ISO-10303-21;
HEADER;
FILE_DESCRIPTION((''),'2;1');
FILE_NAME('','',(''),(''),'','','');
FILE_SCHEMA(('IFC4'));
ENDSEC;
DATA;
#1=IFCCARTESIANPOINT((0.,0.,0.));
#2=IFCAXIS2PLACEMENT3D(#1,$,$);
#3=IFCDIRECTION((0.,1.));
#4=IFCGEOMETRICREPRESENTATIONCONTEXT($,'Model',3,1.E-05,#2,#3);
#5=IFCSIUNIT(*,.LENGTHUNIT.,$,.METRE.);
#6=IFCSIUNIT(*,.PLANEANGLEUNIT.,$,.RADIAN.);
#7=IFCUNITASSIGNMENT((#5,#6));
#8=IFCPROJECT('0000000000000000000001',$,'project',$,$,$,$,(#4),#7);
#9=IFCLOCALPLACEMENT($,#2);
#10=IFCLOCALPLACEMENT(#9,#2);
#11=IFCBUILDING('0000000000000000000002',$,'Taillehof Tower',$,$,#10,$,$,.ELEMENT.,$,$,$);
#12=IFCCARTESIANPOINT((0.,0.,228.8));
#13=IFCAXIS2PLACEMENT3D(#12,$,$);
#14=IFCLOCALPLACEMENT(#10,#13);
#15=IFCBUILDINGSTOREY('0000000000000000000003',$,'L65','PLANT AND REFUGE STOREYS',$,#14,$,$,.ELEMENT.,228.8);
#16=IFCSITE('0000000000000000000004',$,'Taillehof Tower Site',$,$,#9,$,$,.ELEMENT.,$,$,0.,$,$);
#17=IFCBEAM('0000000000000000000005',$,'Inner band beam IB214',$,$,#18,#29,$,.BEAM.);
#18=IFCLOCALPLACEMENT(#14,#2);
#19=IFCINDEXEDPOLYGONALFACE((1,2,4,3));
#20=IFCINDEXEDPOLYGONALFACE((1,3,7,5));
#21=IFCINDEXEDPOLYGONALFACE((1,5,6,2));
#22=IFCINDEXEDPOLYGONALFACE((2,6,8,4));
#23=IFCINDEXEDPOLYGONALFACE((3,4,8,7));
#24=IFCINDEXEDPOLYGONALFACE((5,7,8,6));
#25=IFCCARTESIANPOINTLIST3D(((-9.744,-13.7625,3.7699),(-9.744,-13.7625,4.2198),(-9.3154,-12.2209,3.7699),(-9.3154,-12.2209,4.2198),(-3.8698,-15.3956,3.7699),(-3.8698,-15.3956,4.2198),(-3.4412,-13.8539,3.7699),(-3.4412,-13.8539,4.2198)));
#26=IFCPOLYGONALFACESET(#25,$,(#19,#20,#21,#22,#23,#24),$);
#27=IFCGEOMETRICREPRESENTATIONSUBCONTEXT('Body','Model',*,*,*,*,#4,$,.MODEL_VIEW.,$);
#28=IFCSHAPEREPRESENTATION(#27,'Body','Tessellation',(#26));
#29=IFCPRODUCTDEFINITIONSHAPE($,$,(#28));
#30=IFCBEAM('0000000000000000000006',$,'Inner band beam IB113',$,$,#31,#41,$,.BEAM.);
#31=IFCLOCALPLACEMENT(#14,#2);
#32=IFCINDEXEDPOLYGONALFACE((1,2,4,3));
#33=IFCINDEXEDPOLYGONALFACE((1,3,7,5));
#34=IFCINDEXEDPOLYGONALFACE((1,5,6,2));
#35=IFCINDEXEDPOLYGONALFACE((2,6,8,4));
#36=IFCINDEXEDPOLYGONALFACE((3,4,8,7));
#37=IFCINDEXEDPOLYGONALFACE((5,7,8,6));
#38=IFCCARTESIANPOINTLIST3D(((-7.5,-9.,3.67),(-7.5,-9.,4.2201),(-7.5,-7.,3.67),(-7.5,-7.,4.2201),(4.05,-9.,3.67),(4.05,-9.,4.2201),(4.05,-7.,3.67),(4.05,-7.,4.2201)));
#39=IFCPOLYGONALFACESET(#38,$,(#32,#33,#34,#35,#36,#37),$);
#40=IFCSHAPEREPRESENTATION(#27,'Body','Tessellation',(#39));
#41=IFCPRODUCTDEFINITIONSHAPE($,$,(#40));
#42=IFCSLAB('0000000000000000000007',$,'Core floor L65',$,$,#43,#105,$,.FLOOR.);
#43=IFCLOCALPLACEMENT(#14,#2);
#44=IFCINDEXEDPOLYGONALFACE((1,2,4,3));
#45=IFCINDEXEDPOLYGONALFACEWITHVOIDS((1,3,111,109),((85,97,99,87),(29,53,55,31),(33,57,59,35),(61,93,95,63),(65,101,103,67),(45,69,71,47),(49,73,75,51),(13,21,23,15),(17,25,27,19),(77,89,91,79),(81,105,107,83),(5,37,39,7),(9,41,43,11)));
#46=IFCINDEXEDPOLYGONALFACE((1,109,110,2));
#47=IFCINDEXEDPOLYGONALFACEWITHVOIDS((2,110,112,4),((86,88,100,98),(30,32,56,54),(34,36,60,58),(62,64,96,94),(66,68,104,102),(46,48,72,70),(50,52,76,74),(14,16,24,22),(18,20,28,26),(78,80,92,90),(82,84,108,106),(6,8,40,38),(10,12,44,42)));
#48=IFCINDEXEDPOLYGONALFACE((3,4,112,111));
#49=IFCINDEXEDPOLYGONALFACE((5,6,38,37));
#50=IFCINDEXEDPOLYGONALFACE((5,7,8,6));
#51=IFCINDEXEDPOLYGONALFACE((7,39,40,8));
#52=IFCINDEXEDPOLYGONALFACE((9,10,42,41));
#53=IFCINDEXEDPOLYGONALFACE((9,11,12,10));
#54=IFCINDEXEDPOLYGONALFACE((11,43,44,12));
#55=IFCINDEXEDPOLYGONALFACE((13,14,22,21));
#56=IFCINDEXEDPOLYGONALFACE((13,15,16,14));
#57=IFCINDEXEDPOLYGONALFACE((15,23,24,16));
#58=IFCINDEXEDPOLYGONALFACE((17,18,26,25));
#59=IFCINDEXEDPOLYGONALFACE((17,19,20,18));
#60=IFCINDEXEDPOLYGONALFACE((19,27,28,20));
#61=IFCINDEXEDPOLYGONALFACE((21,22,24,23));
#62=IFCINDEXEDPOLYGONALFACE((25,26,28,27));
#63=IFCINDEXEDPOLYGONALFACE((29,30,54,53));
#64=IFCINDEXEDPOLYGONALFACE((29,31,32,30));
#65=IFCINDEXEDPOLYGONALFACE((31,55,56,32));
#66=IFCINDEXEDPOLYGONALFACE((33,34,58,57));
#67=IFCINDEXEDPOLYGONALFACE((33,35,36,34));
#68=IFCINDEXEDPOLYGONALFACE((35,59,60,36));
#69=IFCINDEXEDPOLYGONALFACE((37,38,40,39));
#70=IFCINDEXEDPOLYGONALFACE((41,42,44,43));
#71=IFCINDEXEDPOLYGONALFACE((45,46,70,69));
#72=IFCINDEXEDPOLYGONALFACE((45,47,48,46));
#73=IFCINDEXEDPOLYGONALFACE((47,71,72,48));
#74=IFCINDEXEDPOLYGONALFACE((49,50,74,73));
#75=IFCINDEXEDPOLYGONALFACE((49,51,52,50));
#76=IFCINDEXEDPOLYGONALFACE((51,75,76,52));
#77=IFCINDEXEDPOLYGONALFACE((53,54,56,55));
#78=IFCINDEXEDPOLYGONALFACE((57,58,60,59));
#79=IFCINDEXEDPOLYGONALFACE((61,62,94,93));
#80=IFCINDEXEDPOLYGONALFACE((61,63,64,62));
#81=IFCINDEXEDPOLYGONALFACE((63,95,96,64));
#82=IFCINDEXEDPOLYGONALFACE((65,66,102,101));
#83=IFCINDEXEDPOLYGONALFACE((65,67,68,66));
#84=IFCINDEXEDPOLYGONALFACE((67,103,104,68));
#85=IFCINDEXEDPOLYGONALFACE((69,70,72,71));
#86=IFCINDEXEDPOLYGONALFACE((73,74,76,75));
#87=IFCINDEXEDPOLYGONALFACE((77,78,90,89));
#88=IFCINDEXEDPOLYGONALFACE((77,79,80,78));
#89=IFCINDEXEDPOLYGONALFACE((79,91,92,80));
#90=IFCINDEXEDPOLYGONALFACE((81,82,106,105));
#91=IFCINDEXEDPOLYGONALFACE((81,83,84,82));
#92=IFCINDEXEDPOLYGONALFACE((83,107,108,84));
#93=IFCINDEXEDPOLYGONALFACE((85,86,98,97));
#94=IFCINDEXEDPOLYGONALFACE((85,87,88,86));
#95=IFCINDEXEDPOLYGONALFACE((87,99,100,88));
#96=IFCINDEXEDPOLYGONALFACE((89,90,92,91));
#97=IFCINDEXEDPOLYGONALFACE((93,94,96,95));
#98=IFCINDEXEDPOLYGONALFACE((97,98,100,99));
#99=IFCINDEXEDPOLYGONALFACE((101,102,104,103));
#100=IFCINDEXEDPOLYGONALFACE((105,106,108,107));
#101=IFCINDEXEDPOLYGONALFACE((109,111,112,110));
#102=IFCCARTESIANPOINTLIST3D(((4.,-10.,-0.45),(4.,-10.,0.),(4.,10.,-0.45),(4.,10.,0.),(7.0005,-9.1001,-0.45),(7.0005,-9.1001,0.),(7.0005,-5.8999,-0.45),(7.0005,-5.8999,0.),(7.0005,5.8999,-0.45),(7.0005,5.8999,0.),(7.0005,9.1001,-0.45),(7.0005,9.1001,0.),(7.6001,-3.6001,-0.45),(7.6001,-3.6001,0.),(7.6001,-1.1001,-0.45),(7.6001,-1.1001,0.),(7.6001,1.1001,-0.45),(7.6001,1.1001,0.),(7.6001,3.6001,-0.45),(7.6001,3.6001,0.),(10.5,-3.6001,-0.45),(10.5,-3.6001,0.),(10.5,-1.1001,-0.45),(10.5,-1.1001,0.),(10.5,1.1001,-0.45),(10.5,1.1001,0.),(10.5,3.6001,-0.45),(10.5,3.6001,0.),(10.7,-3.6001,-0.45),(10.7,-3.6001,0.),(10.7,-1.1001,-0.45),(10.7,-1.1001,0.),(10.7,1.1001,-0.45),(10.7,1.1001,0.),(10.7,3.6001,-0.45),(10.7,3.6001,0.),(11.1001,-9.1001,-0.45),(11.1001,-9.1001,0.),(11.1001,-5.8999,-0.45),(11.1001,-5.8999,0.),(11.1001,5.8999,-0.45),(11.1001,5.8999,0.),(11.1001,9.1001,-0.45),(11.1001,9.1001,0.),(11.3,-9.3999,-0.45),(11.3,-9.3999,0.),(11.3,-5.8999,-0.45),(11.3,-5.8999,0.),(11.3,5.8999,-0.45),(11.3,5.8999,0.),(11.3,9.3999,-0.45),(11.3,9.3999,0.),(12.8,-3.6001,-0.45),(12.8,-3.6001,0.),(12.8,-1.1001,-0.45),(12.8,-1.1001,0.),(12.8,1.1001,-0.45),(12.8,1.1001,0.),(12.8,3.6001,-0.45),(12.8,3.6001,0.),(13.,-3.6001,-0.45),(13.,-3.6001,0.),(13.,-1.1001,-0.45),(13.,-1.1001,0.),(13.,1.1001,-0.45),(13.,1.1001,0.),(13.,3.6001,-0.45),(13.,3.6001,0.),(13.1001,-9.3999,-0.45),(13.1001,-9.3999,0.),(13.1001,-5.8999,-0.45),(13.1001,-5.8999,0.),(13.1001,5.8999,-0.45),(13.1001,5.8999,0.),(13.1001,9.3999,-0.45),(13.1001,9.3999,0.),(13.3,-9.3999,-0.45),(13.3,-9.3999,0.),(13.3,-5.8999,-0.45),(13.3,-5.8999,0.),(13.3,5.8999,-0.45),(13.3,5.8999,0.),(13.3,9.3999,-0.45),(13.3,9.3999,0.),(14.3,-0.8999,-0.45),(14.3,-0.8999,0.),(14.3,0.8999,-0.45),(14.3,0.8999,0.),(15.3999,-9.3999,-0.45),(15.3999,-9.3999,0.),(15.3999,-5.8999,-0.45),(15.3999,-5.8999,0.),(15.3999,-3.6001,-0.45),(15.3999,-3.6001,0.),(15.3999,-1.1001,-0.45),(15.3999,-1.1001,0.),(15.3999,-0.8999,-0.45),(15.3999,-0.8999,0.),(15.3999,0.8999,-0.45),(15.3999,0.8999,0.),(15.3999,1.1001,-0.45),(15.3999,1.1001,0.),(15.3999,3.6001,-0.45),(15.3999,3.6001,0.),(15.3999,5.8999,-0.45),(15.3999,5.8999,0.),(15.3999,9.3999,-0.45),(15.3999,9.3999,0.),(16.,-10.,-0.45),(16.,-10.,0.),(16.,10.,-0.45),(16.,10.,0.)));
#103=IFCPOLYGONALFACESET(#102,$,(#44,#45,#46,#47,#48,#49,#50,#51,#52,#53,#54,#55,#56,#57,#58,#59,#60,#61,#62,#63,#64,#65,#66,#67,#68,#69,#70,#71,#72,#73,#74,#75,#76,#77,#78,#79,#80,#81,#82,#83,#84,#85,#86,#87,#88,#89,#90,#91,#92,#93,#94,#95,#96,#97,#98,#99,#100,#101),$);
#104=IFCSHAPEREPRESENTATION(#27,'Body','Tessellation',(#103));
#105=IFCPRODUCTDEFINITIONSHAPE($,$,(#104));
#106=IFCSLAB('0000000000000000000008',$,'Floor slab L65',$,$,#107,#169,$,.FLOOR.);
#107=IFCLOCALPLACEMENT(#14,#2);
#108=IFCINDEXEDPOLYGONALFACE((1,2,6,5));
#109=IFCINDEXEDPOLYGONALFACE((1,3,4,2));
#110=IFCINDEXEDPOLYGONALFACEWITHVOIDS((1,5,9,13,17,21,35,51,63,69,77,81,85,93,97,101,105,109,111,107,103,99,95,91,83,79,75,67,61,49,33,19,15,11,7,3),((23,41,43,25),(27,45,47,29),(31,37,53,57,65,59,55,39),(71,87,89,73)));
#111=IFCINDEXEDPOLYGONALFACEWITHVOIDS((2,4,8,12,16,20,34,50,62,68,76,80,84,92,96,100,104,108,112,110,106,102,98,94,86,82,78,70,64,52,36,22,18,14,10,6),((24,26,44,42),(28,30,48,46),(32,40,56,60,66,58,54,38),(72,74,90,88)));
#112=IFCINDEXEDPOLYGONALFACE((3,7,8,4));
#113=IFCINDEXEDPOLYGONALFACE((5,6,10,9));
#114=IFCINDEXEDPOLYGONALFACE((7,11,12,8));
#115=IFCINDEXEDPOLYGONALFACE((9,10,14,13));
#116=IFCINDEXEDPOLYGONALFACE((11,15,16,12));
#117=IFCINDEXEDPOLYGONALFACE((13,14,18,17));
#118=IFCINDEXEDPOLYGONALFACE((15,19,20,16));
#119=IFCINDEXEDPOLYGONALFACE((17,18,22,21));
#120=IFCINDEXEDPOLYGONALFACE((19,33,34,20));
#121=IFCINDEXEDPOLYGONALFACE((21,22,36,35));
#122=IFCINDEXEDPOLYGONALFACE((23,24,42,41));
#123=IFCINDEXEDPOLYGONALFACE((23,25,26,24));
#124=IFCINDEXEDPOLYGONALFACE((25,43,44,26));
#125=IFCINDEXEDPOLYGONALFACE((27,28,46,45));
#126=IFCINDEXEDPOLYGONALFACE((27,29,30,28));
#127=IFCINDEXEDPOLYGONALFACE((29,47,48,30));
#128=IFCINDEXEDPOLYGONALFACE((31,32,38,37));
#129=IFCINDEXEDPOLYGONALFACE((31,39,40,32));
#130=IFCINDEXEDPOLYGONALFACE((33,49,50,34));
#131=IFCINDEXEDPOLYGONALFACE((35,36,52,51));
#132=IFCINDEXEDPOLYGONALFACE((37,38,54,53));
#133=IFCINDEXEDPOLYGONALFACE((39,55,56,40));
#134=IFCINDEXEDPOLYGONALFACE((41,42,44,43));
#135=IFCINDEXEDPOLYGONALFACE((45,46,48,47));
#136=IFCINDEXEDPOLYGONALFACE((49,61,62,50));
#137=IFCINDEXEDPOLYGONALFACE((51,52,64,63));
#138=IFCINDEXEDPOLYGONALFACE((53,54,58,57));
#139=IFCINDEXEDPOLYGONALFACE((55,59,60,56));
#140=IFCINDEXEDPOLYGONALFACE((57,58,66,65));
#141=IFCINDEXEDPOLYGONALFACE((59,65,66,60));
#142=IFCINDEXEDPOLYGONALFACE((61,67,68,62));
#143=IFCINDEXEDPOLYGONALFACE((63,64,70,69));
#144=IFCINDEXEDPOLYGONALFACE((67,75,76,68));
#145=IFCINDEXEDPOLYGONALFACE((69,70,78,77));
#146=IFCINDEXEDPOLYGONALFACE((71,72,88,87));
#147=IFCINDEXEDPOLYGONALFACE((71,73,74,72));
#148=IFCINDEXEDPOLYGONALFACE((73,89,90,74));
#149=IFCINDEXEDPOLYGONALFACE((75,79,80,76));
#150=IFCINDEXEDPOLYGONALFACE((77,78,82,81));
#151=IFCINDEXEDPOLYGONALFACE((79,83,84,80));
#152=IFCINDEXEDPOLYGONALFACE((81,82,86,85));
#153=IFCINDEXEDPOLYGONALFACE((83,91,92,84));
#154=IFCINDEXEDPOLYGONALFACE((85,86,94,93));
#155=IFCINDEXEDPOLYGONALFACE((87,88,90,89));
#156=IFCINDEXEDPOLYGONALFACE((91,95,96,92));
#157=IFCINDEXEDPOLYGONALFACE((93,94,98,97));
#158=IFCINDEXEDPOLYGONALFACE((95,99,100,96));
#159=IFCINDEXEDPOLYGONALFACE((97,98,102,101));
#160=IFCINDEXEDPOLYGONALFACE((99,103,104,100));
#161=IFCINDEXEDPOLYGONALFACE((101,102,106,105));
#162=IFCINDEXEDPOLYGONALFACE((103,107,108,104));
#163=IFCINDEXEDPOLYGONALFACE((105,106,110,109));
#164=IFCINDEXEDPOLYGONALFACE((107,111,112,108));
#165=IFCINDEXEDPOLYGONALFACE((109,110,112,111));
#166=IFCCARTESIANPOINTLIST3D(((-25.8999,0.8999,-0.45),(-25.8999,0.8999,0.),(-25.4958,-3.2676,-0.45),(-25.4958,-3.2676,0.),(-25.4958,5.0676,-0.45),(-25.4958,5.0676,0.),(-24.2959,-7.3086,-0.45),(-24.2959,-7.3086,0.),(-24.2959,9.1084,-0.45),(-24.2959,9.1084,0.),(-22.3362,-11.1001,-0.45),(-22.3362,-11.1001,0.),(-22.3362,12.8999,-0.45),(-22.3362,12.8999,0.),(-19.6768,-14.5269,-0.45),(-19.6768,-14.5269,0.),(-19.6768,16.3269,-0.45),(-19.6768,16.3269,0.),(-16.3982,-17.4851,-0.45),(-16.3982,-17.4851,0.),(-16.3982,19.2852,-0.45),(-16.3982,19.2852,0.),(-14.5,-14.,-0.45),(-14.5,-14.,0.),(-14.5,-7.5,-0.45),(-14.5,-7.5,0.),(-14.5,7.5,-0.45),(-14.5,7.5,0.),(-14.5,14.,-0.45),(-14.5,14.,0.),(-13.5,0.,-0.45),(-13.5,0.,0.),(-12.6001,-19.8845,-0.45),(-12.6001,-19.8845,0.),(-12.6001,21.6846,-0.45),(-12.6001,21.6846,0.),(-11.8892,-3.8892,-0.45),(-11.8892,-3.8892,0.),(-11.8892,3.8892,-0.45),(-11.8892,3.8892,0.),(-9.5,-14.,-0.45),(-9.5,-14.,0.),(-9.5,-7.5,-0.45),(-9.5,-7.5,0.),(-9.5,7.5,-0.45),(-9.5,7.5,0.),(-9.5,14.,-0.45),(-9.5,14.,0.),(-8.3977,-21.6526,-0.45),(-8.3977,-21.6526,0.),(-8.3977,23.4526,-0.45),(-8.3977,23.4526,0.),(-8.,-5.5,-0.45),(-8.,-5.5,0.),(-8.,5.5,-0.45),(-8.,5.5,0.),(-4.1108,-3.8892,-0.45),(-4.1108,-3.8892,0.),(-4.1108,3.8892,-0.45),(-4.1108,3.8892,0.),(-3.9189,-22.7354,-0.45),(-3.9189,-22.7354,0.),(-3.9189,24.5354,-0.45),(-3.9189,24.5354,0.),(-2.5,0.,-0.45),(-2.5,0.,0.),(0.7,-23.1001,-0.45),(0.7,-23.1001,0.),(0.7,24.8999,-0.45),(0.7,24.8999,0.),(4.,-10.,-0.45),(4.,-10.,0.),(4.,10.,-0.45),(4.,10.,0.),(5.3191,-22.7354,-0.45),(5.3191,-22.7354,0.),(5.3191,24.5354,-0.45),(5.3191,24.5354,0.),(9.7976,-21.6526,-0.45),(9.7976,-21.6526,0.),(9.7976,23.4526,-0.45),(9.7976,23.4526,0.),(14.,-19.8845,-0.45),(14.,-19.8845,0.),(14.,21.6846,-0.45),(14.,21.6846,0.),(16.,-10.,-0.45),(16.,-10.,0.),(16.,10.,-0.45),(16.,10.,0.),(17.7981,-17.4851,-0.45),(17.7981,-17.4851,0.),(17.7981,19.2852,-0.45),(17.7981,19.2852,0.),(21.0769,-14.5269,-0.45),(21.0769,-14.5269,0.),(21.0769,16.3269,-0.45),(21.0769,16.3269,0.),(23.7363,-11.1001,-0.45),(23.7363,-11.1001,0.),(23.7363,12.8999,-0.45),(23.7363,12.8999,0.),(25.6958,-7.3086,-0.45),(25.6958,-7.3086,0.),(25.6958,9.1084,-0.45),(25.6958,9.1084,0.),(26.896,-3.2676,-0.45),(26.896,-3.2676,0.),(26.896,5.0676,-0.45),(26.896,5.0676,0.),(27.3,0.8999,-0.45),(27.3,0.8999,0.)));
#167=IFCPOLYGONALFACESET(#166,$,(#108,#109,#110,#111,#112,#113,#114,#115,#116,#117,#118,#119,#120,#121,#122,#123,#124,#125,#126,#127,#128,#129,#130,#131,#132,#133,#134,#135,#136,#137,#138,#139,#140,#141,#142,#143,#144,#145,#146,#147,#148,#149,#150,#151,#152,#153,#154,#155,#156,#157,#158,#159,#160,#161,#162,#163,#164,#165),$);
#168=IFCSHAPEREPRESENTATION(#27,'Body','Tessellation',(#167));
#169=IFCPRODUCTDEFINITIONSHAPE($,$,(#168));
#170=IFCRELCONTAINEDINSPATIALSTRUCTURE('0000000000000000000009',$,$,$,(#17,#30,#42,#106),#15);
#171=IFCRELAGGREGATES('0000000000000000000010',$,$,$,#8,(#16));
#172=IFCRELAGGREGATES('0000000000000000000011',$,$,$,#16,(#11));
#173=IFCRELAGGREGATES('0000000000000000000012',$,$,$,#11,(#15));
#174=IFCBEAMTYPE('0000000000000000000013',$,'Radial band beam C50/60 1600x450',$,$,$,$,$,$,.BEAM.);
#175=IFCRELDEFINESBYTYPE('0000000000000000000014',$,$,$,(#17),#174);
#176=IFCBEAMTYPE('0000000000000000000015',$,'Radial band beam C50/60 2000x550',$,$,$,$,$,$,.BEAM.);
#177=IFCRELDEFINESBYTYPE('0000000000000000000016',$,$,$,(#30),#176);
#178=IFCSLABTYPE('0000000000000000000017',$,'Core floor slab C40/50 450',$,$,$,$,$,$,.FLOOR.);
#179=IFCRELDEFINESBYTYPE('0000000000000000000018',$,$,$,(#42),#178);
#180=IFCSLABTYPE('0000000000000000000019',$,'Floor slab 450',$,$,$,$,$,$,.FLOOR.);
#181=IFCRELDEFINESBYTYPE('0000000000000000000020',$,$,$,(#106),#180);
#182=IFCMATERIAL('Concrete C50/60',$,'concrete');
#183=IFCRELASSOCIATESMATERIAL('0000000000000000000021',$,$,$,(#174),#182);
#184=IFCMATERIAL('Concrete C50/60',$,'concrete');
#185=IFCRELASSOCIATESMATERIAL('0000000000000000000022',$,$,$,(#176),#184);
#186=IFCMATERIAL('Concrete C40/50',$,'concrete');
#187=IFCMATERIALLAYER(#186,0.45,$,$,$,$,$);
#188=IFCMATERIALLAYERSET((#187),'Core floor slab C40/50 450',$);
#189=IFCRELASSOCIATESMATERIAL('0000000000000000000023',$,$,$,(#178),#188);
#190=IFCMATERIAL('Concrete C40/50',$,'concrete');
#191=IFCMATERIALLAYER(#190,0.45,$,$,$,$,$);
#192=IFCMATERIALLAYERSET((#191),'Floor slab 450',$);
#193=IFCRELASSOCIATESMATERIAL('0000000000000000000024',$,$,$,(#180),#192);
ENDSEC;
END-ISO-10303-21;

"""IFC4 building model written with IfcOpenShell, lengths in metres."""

from ifc_helpers import new_model, si_unit, direction, frame, origin, origin_2d, place, context, subcontext, project, spatial, polyline, rectangle, outline, extrude, material, layer, layer_set, material_profile, profile_set, type_object, element, save


model = new_model("IFC4")

# Units and contexts
model_context = context("Model", 3, precision=1e-05, world=origin(), true_north=direction((0.0, 1.0)))
body_context = subcontext(model_context, "Body", "Model", "MODEL_VIEW")
ifc_project = project(units=[si_unit("LENGTHUNIT", "METRE"), si_unit("PLANEANGLEUNIT", "RADIAN")], contexts=[model_context])

# Site, building, storey
site_placement = place(None, origin())
site = spatial("IfcSite", under=ifc_project, at=site_placement, Name="Taillehof Tower Site", CompositionType="ELEMENT", RefElevation=0.0)
building_placement = place(site_placement, origin())
building = spatial("IfcBuilding", under=site, at=building_placement, Name="Taillehof Tower", CompositionType="ELEMENT")
storey_placement = place(building_placement, frame((0.0, 0.0, 228.8)))
storey = spatial("IfcBuildingStorey", under=building, at=storey_placement, Name="L65", Description="PLANT AND REFUGE STOREYS", CompositionType="ELEMENT", Elevation=228.8)

# Beams
ifc_material_1 = material(Name="Concrete C50/60", Category="concrete")
ifc_material_profile_1 = material_profile(ifc_material_1, rectangle(XDim=1.6001, YDim=0.45, at=origin_2d()), Name="RC 1600x450")
ifc_profile_set_1 = profile_set([ifc_material_profile_1], Name="Concrete C50/60")
beam_type_1 = type_object("IfcBeamType", Name="Radial band beam C50/60 1600x450", PredefinedType="BEAM", material=ifc_profile_set_1)
beam_1_placement = place(storey_placement, frame((-3.6555, -14.6248, 3.9949), z_axis=(-0.963459, 0.267855, 0.0), x_axis=(-0.267855, -0.963459, 0.0)))
element("IfcBeam", 1, at=beam_1_placement, inside=storey, type_object=beam_type_1, Name="Inner band beam IB214", PredefinedType="BEAM", context=body_context, shape_type="SweptSolid", body=[
    extrude(rectangle(XDim=1.6001, YDim=0.45, at=origin_2d()), origin(), (0.0, 0.0, 1.0), 6.0969),
])
ifc_material_2 = material(Name="Concrete C50/60", Category="concrete")
ifc_material_profile_2 = material_profile(ifc_material_2, rectangle(XDim=2.0, YDim=0.55, at=origin_2d()), Name="RC 2000x550")
ifc_profile_set_2 = profile_set([ifc_material_profile_2], Name="Concrete C50/60")
beam_type_2 = type_object("IfcBeamType", Name="Radial band beam C50/60 2000x550", PredefinedType="BEAM", material=ifc_profile_set_2)
beam_2_placement = place(storey_placement, frame((-7.5, -8.0, 3.9451), z_axis=(1.0, 0.0, 0.0), x_axis=(0.0, 1.0, 0.0)))
element("IfcBeam", 2, at=beam_2_placement, inside=storey, type_object=beam_type_2, Name="Inner band beam IB113", PredefinedType="BEAM", context=body_context, shape_type="SweptSolid", body=[
    extrude(rectangle(XDim=2.0, YDim=0.55, at=origin_2d()), origin(), (0.0, 0.0, 1.0), 11.55),
])

# Slabs
ifc_material_3 = material(Name="Concrete C40/50", Category="concrete")
ifc_layer_1 = layer(ifc_material_3, 0.45)
ifc_layer_set_1 = layer_set([ifc_layer_1], Name="Core floor slab C40/50 450")
slab_type_1 = type_object("IfcSlabType", Name="Core floor slab C40/50 450", PredefinedType="FLOOR", material=ifc_layer_set_1)
slab_1_placement = place(storey_placement, frame((0.0, 0.0, -0.45)))
element("IfcSlab", 3, at=slab_1_placement, inside=storey, type_object=slab_type_1, Name="Core floor L65", PredefinedType="FLOOR", context=body_context, shape_type="SweptSolid", body=[
    extrude(outline(polyline([(4.0, -10.0), (4.0, 10.0), (16.0, 10.0), (16.0, -10.0), (4.0, -10.0)]), holes=[polyline([(11.1001, -9.1001), (11.1001, -5.8999), (7.0005, -5.8999), (7.0005, -9.1001), (11.1001, -9.1001)]), polyline([(10.5, -3.6001), (10.5, -1.1001), (7.6001, -1.1001), (7.6001, -3.6001), (10.5, -3.6001)]), polyline([(12.8, -3.6001), (12.8, -1.1001), (10.7, -1.1001), (10.7, -3.6001), (12.8, -3.6001)]), polyline([(10.5, 3.6001), (7.6001, 3.6001), (7.6001, 1.1001), (10.5, 1.1001), (10.5, 3.6001)]), polyline([(12.8, 1.1001), (12.8, 3.6001), (10.7, 3.6001), (10.7, 1.1001), (12.8, 1.1001)]), polyline([(11.1001, 5.8999), (11.1001, 9.1001), (7.0005, 9.1001), (7.0005, 5.8999), (11.1001, 5.8999)]), polyline([(13.1001, 9.3999), (11.3, 9.3999), (11.3, 5.8999), (13.1001, 5.8999), (13.1001, 9.3999)]), polyline([(13.1001, -9.3999), (13.1001, -5.8999), (11.3, -5.8999), (11.3, -9.3999), (13.1001, -9.3999)]), polyline([(15.3999, -9.3999), (15.3999, -5.8999), (13.3, -5.8999), (13.3, -9.3999), (15.3999, -9.3999)]), polyline([(15.3999, -3.6001), (15.3999, -1.1001), (13.0, -1.1001), (13.0, -3.6001), (15.3999, -3.6001)]), polyline([(15.3999, -0.8999), (15.3999, 0.8999), (14.3, 0.8999), (14.3, -0.8999), (15.3999, -0.8999)]), polyline([(15.3999, 1.1001), (15.3999, 3.6001), (13.0, 3.6001), (13.0, 1.1001), (15.3999, 1.1001)]), polyline([(15.3999, 5.8999), (15.3999, 9.3999), (13.3, 9.3999), (13.3, 5.8999), (15.3999, 5.8999)])]), origin(), (0.0, 0.0, 1.0), 0.45),
])
ifc_material_4 = material(Name="Concrete C40/50", Category="concrete")
ifc_layer_2 = layer(ifc_material_4, 0.45)
ifc_layer_set_2 = layer_set([ifc_layer_2], Name="Floor slab 450")
slab_type_2 = type_object("IfcSlabType", Name="Floor slab 450", PredefinedType="FLOOR", material=ifc_layer_set_2)
slab_2_placement = place(storey_placement, frame((0.0, 0.0, -0.45)))
element("IfcSlab", 4, at=slab_2_placement, inside=storey, type_object=slab_type_2, Name="Floor slab L65", PredefinedType="FLOOR", context=body_context, shape_type="SweptSolid", body=[
    extrude(outline(polyline([(27.3, 0.8999), (26.896, 5.0676), (25.6958, 9.1084), (23.7363, 12.8999), (21.0769, 16.3269), (17.7981, 19.2852), (14.0, 21.6846), (9.7976, 23.4526), (5.3191, 24.5354), (0.7, 24.8999), (-3.9189, 24.5354), (-8.3977, 23.4526), (-12.6001, 21.6846), (-16.3982, 19.2852), (-19.6768, 16.3269), (-22.3362, 12.8999), (-24.2959, 9.1084), (-25.4958, 5.0676), (-25.8999, 0.8999), (-25.4958, -3.2676), (-24.2959, -7.3086), (-22.3362, -11.1001), (-19.6768, -14.5269), (-16.3982, -17.4851), (-12.6001, -19.8845), (-8.3977, -21.6526), (-3.9189, -22.7354), (0.7, -23.1001), (5.3191, -22.7354), (9.7976, -21.6526), (14.0, -19.8845), (17.7981, -17.4851), (21.0769, -14.5269), (23.7363, -11.1001), (25.6958, -7.3086), (26.896, -3.2676), (27.3, 0.8999)]), holes=[polyline([(-14.5, -7.5), (-9.5, -7.5), (-9.5, -14.0), (-14.5, -14.0), (-14.5, -7.5)]), polyline([(-8.0, -5.5), (-11.8892, -3.8892), (-13.5, 0.0), (-11.8892, 3.8892), (-8.0, 5.5), (-4.1108, 3.8892), (-2.5, 0.0), (-4.1108, -3.8892), (-8.0, -5.5)]), polyline([(16.0, 10.0), (16.0, -10.0), (4.0, -10.0), (4.0, 10.0), (16.0, 10.0)]), polyline([(-14.5, 14.0), (-9.5, 14.0), (-9.5, 7.5), (-14.5, 7.5), (-14.5, 14.0)])]), origin(), (0.0, 0.0, 1.0), 0.45),
])

save(model, "model.ifc")
